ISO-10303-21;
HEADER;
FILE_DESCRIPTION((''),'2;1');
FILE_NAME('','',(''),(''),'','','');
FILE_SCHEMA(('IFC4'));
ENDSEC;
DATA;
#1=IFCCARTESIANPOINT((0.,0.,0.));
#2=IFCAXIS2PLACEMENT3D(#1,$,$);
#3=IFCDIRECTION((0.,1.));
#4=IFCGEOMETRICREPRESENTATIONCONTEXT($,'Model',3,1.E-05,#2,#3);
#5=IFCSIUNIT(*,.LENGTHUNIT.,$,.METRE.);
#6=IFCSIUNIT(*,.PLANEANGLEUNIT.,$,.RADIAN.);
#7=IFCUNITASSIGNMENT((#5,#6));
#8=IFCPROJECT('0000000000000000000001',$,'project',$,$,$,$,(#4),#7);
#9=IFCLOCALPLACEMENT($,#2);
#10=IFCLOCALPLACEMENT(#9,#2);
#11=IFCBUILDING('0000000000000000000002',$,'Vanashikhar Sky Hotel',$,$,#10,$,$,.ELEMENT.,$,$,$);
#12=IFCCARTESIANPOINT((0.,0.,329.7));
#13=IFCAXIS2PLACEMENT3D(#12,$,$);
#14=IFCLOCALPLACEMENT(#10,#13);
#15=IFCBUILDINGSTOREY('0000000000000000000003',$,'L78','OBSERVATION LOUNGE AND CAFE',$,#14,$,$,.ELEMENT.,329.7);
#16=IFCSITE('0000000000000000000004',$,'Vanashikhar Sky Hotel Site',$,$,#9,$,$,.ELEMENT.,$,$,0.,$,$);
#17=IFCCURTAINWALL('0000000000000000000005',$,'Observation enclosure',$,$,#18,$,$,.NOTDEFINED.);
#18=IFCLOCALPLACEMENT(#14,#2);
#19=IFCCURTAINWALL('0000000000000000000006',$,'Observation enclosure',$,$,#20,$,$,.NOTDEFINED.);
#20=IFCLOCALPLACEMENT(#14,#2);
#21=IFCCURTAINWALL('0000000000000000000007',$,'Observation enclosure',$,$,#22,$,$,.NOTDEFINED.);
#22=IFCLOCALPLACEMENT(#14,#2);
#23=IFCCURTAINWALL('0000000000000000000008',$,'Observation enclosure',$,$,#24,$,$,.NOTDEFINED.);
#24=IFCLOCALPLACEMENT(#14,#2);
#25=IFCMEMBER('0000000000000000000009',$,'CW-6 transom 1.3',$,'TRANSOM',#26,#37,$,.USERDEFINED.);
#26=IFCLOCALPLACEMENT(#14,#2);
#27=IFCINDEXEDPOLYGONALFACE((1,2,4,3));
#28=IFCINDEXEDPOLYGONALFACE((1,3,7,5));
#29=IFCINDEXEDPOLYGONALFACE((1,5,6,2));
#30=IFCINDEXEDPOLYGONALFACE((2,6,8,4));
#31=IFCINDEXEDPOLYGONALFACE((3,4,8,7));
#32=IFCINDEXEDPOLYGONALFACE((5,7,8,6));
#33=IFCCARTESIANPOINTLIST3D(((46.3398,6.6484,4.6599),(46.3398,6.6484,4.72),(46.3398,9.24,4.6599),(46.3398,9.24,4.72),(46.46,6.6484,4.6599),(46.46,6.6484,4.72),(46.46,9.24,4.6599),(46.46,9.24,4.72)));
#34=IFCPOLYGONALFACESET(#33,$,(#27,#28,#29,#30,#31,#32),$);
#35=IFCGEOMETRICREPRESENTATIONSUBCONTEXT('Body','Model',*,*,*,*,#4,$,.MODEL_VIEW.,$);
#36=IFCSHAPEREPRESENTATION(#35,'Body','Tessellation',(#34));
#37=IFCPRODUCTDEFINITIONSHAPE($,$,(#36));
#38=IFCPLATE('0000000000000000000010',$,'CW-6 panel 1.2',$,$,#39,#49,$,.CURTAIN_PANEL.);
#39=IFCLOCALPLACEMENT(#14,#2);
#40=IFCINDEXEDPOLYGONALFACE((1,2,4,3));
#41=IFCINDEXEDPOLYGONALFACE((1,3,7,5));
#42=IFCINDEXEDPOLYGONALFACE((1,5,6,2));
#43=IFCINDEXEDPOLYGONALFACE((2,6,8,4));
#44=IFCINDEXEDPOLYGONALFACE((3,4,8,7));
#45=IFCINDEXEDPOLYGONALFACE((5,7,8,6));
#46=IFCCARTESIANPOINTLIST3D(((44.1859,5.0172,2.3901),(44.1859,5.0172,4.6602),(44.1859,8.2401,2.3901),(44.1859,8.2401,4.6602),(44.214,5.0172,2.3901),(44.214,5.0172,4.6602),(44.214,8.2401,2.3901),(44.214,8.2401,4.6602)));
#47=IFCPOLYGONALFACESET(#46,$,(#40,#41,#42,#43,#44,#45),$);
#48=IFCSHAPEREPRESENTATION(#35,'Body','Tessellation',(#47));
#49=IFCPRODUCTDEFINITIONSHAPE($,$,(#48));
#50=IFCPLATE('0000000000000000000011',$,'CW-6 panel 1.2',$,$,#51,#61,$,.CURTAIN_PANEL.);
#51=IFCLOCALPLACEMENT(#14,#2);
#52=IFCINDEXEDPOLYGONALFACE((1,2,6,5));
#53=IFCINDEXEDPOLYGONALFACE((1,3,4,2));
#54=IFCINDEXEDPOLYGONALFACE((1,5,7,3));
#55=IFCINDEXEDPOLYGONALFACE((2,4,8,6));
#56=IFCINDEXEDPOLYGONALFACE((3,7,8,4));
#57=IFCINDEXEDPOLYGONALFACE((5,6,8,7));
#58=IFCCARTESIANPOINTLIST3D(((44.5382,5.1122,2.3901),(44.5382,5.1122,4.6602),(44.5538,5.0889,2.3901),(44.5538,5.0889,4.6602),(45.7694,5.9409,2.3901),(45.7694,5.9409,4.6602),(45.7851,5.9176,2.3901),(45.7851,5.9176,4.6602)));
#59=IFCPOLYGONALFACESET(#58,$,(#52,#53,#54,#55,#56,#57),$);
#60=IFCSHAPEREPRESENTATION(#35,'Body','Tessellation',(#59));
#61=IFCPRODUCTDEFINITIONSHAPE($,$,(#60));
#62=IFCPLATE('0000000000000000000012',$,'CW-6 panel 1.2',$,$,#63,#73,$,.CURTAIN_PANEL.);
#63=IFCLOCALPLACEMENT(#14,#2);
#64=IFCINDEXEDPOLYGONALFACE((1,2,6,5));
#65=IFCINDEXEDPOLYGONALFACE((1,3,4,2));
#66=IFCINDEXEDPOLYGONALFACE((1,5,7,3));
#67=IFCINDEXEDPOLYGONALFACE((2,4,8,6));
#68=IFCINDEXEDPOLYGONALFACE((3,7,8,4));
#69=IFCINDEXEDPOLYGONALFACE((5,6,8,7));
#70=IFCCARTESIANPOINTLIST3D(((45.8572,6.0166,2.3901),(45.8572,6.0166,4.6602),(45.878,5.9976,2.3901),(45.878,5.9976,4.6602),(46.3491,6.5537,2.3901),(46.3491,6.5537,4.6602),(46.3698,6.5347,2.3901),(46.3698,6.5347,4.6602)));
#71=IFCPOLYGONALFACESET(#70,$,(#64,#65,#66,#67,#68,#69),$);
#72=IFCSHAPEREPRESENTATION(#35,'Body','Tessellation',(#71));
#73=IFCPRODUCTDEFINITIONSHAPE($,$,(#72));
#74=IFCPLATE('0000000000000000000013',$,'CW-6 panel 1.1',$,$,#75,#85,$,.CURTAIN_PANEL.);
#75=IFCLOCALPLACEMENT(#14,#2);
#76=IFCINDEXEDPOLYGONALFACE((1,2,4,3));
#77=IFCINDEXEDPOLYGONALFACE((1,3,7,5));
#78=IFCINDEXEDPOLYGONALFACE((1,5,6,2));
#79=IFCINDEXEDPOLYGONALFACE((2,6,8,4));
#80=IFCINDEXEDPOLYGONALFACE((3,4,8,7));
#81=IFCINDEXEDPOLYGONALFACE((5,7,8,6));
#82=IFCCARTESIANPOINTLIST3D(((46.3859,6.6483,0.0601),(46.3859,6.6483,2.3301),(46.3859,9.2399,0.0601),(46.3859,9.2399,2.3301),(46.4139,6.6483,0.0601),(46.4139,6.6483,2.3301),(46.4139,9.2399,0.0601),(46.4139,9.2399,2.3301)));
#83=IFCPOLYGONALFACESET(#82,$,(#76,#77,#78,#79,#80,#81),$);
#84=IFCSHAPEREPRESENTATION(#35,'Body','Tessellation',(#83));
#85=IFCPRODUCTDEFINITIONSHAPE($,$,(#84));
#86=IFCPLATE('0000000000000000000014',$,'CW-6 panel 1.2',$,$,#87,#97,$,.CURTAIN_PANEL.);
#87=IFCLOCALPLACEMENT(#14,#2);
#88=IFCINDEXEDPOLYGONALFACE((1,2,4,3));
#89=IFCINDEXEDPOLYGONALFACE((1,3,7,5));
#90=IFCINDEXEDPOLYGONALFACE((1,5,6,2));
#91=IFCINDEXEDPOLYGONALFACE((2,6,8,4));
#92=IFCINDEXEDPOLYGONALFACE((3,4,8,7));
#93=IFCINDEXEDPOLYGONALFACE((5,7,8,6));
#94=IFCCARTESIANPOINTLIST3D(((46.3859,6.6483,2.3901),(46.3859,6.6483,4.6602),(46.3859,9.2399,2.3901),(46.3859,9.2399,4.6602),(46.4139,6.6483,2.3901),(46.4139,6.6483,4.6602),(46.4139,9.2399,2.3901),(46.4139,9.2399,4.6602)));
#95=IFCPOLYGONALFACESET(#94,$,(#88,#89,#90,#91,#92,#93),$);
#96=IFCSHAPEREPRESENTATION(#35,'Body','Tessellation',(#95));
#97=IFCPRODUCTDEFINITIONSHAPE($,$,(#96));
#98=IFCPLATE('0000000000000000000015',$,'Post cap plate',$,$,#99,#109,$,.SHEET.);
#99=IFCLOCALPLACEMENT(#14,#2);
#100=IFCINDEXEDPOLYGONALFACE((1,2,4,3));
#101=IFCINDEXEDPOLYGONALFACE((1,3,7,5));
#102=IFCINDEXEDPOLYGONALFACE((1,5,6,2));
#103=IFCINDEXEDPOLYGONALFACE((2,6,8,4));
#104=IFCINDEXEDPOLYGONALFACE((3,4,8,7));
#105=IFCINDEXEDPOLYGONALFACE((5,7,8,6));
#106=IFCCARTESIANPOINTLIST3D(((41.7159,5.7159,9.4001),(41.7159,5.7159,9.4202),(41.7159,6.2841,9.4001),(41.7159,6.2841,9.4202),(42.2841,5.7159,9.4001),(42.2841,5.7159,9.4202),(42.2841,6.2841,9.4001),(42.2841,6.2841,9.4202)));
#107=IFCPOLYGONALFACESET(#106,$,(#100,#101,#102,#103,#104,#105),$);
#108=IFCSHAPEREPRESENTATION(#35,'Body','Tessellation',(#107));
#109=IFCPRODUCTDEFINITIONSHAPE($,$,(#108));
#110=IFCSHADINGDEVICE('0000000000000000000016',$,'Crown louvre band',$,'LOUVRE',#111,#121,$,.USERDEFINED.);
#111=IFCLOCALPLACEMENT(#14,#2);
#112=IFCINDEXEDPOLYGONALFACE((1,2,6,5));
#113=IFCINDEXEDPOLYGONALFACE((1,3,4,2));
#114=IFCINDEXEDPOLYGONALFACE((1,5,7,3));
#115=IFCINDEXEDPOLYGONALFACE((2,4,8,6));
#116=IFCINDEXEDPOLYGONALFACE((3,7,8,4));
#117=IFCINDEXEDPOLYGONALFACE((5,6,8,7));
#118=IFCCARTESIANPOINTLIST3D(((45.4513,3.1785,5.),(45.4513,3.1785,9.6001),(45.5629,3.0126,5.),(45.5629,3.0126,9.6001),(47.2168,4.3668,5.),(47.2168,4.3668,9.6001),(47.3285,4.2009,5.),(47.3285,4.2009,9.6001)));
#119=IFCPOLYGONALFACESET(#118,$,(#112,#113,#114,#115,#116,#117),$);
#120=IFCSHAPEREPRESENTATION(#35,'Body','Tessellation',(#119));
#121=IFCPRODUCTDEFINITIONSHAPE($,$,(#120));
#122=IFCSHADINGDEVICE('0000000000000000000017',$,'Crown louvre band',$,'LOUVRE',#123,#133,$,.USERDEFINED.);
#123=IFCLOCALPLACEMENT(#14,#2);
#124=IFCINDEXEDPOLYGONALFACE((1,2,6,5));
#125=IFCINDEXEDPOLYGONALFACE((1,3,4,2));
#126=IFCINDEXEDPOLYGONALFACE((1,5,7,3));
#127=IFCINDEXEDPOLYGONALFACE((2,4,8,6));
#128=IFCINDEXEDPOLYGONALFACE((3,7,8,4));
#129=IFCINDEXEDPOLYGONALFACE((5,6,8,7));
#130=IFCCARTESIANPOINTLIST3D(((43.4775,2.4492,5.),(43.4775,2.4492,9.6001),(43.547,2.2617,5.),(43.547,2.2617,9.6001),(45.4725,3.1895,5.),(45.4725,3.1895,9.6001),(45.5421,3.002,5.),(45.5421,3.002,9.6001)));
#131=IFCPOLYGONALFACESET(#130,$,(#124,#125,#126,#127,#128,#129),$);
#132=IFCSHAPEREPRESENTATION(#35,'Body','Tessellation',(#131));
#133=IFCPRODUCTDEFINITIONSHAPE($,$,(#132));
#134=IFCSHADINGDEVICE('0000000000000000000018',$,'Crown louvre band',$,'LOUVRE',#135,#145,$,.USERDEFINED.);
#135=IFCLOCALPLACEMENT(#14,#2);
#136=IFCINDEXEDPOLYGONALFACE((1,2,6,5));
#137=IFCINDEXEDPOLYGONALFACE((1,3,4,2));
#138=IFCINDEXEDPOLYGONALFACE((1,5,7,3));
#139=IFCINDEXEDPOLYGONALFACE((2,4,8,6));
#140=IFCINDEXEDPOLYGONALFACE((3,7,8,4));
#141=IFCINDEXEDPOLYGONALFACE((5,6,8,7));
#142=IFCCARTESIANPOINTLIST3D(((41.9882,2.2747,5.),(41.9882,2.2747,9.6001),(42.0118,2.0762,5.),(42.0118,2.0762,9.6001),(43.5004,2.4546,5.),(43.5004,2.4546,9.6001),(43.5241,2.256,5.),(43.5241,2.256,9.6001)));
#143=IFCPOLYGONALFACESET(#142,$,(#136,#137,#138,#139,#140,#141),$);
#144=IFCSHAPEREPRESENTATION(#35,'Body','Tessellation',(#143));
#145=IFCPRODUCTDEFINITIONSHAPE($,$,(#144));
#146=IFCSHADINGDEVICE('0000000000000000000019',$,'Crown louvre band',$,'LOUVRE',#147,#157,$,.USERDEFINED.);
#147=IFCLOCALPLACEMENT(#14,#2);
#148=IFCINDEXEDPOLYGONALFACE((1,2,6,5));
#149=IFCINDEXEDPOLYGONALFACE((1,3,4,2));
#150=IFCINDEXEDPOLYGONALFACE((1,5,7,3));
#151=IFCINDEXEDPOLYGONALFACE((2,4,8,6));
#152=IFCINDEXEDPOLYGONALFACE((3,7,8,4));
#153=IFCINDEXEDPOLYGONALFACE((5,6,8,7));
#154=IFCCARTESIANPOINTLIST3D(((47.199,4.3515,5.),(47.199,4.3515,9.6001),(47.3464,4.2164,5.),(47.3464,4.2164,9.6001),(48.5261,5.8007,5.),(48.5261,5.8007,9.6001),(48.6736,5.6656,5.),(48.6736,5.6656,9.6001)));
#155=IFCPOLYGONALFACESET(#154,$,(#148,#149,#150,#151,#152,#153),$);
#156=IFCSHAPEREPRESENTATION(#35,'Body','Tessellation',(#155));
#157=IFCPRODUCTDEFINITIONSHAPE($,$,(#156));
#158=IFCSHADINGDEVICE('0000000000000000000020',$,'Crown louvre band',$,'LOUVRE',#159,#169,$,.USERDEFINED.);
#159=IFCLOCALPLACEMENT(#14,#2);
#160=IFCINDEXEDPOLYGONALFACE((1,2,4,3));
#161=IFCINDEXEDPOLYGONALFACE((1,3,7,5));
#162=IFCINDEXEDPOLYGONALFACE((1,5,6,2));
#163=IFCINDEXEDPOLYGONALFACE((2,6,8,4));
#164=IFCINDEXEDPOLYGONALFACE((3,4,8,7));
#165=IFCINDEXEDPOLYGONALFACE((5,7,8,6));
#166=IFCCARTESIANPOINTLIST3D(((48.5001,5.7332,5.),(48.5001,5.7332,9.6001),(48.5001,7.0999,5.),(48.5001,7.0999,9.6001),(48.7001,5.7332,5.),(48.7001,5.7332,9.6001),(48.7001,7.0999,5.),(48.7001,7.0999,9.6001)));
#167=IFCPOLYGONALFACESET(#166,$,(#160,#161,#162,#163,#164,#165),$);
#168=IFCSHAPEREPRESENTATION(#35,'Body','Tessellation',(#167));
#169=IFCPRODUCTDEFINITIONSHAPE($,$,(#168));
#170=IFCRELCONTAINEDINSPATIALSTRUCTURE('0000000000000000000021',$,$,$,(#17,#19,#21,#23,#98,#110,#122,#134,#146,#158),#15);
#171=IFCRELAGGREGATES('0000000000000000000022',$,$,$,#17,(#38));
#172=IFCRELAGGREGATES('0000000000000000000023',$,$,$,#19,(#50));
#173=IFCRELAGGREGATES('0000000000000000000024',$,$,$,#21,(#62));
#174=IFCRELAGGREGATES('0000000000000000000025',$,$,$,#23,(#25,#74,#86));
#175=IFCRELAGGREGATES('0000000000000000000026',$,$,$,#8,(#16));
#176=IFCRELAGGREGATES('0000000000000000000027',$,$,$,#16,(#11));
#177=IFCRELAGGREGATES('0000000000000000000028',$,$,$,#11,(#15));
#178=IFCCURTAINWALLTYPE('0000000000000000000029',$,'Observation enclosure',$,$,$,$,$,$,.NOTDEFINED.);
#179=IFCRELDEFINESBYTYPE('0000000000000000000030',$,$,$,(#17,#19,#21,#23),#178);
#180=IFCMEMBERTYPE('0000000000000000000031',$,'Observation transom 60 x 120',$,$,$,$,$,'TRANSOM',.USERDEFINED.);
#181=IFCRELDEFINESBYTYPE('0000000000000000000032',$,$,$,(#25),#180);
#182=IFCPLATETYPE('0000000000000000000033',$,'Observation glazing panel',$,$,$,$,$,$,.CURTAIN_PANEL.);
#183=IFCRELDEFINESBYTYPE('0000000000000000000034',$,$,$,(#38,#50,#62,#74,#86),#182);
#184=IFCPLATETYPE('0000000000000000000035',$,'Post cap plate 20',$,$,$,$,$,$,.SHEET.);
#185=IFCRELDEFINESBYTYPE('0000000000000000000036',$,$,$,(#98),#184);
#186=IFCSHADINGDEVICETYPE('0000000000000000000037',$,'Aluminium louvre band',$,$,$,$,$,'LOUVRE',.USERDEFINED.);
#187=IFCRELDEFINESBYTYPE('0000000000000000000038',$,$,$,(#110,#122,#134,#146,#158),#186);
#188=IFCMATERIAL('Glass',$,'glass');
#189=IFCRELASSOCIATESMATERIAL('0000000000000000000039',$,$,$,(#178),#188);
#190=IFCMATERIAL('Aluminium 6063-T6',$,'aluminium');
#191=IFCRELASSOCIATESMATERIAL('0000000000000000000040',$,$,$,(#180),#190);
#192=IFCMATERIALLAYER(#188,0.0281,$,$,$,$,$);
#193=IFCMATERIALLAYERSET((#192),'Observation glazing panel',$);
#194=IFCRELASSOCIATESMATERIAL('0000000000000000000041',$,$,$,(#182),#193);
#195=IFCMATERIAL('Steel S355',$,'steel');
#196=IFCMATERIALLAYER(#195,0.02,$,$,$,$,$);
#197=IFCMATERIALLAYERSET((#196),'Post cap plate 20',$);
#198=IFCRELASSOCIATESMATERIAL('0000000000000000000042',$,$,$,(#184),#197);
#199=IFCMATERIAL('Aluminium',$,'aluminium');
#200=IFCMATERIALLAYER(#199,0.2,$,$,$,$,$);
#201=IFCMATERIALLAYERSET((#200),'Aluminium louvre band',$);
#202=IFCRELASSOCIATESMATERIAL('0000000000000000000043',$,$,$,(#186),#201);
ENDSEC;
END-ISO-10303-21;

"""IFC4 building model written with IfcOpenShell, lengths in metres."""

from ifc_helpers import new_model, si_unit, direction, frame, origin, origin_2d, place, context, subcontext, project, spatial, rectangle, extrude, source, transform, mapped, material, layer, layer_set, material_profile, profile_set, type_object, element, aggregate, save


model = new_model("IFC4")

# Units and contexts
model_context = context("Model", 3, precision=1e-05, world=origin(), true_north=direction((0.0, 1.0)))
body_context = subcontext(model_context, "Body", "Model", "MODEL_VIEW")
ifc_project = project(units=[si_unit("LENGTHUNIT", "METRE"), si_unit("PLANEANGLEUNIT", "RADIAN")], contexts=[model_context])

# Site, building, storey
site_placement = place(None, origin())
site = spatial("IfcSite", under=ifc_project, at=site_placement, Name="Vanashikhar Sky Hotel Site", CompositionType="ELEMENT", RefElevation=0.0)
building_placement = place(site_placement, origin())
building = spatial("IfcBuilding", under=site, at=building_placement, Name="Vanashikhar Sky Hotel", CompositionType="ELEMENT")
storey_placement = place(building_placement, frame((0.0, 0.0, 329.7)))
storey = spatial("IfcBuildingStorey", under=building, at=storey_placement, Name="L78", Description="OBSERVATION LOUNGE AND CAFE", CompositionType="ELEMENT", Elevation=329.7)

# Shared definitions
ifc_material_1 = material(Name="Steel S355", Category="steel")

# Curtain walls, member
ifc_material_2 = material(Name="Glass", Category="glass")
curtain_wall_type = type_object("IfcCurtainWallType", Name="Observation enclosure", PredefinedType="NOTDEFINED", material=ifc_material_2)
curtain_wall_1_placement = place(storey_placement, origin())
curtain_wall_1 = element("IfcCurtainWall", 1, at=curtain_wall_1_placement, inside=storey, type_object=curtain_wall_type, Name="Observation enclosure", PredefinedType="NOTDEFINED")
ifc_material_3 = material(Name="Aluminium 6063-T6", Category="aluminium")
ifc_material_profile_1 = material_profile(ifc_material_3, rectangle(XDim=0.1201, YDim=0.0601, at=origin_2d()))
ifc_profile_set_1 = profile_set([ifc_material_profile_1], Name="Aluminium 6063-T6")
member_type = type_object("IfcMemberType", Name="Observation transom 60 x 120", ElementType="TRANSOM", PredefinedType="USERDEFINED", material=ifc_profile_set_1)
curtain_wall_2_placement = place(storey_placement, origin())
curtain_wall_2 = element("IfcCurtainWall", 2, at=curtain_wall_2_placement, inside=storey, type_object=curtain_wall_type, Name="Observation enclosure", PredefinedType="NOTDEFINED")
curtain_wall_3_placement = place(storey_placement, origin())
curtain_wall_3 = element("IfcCurtainWall", 3, at=curtain_wall_3_placement, inside=storey, type_object=curtain_wall_type, Name="Observation enclosure", PredefinedType="NOTDEFINED")
curtain_wall_4_placement = place(storey_placement, origin())
curtain_wall_4 = element("IfcCurtainWall", 4, at=curtain_wall_4_placement, inside=storey, type_object=curtain_wall_type, Name="Observation enclosure", PredefinedType="NOTDEFINED")
shared_shape_1 = source(origin(), body_context, "Body", "SweptSolid", [
    extrude(rectangle(XDim=0.1201, YDim=0.0601, at=origin_2d()), origin(), (0.0, 0.0, 1.0), 2.5916),
])
member_1_placement = place(storey_placement, frame((46.3999, 6.6484, 4.6899), z_axis=(0.0, 1.0, 0.0), x_axis=(-1.0, 0.0, 0.0)))
member_1 = element("IfcMember", 5, at=member_1_placement, type_object=member_type, Name="CW-6 transom 1.3", ObjectType="TRANSOM", PredefinedType="USERDEFINED", context=body_context, shape_type="MappedRepresentation", body=[
    mapped(shared_shape_1, transform((0.0, 0.0, 0.0), scale=1.0)),
])

# Plates
ifc_layer_1 = layer(ifc_material_2, 0.0281)
ifc_layer_set_1 = layer_set([ifc_layer_1], Name="Observation glazing panel")
plate_type_1 = type_object("IfcPlateType", Name="Observation glazing panel", PredefinedType="CURTAIN_PANEL", material=ifc_layer_set_1)
shared_shape_2 = source(origin(), body_context, "Body", "SweptSolid", [
    extrude(rectangle(XDim=3.2229, YDim=0.0281, at=origin_2d()), origin(), (0.0, 0.0, 1.0), 2.27),
])
plate_1_placement = place(storey_placement, frame((44.2, 6.6287, 2.3901), z_axis=(0.0, 0.0, 1.0), x_axis=(0.0, -1.0, 0.0)))
plate_1 = element("IfcPlate", 6, at=plate_1_placement, type_object=plate_type_1, Name="CW-6 panel 1.2", PredefinedType="CURTAIN_PANEL", context=body_context, shape_type="MappedRepresentation", body=[
    mapped(shared_shape_2, transform((0.0, 0.0, 0.0), scale=1.0)),
])
aggregate(curtain_wall_1, [plate_1])
shared_shape_3 = source(origin(), body_context, "Body", "SweptSolid", [
    extrude(rectangle(XDim=1.4841, YDim=0.0281, at=origin_2d()), origin(), (0.0, 0.0, 1.0), 2.27),
])
plate_2_placement = place(storey_placement, frame((45.1616, 5.5149, 2.3901), z_axis=(0.0, 0.0, 1.0), x_axis=(0.829597, 0.558363, 0.0)))
plate_2 = element("IfcPlate", 7, at=plate_2_placement, type_object=plate_type_1, Name="CW-6 panel 1.2", PredefinedType="CURTAIN_PANEL", context=body_context, shape_type="MappedRepresentation", body=[
    mapped(shared_shape_3, transform((0.0, 0.0, 0.0), scale=1.0)),
])
aggregate(curtain_wall_2, [plate_2])
shared_shape_4 = source(origin(), body_context, "Body", "SweptSolid", [
    extrude(rectangle(XDim=0.7283, YDim=0.0281, at=origin_2d()), origin(), (0.0, 0.0, 1.0), 2.27),
])
plate_3_placement = place(storey_placement, frame((46.1135, 6.2756, 2.3901), z_axis=(0.0, 0.0, 1.0), x_axis=(0.675362, 0.737487, 0.0)))
plate_3 = element("IfcPlate", 8, at=plate_3_placement, type_object=plate_type_1, Name="CW-6 panel 1.2", PredefinedType="CURTAIN_PANEL", context=body_context, shape_type="MappedRepresentation", body=[
    mapped(shared_shape_4, transform((0.0, 0.0, 0.0), scale=1.0)),
])
aggregate(curtain_wall_3, [plate_3])
shared_shape_5 = source(origin(), body_context, "Body", "SweptSolid", [
    extrude(rectangle(XDim=2.5916, YDim=0.0281, at=origin_2d()), origin(), (0.0, 0.0, 1.0), 2.27),
])
plate_4_placement = place(storey_placement, frame((46.3999, 7.9441, 0.0601), z_axis=(0.0, 0.0, 1.0), x_axis=(0.0, 1.0, 0.0)))
plate_4 = element("IfcPlate", 9, at=plate_4_placement, type_object=plate_type_1, Name="CW-6 panel 1.1", PredefinedType="CURTAIN_PANEL", context=body_context, shape_type="MappedRepresentation", body=[
    mapped(shared_shape_5, transform((0.0, 0.0, 0.0), scale=1.0)),
])
plate_5_placement = place(storey_placement, frame((46.3999, 7.9441, 2.3901), z_axis=(0.0, 0.0, 1.0), x_axis=(0.0, 1.0, 0.0)))
plate_5 = element("IfcPlate", 10, at=plate_5_placement, type_object=plate_type_1, Name="CW-6 panel 1.2", PredefinedType="CURTAIN_PANEL", context=body_context, shape_type="MappedRepresentation", body=[
    mapped(shared_shape_5, transform((0.0, 0.0, 0.0), scale=1.0)),
])
aggregate(curtain_wall_4, [member_1, plate_4, plate_5])
ifc_layer_2 = layer(ifc_material_1, 0.02)
ifc_layer_set_2 = layer_set([ifc_layer_2], Name="Post cap plate 20")
plate_type_2 = type_object("IfcPlateType", Name="Post cap plate 20", PredefinedType="SHEET", material=ifc_layer_set_2)
shared_shape_6 = source(origin(), body_context, "Body", "SweptSolid", [
    extrude(rectangle(XDim=0.5681, YDim=0.5681, at=origin_2d()), origin(), (0.0, 0.0, 1.0), 0.02),
])
plate_6_placement = place(storey_placement, frame((42.0, 6.0, 9.4001), z_axis=(0.0, 0.0, 1.0), x_axis=(1.0, 0.0, 0.0)))
element("IfcPlate", 11, at=plate_6_placement, inside=storey, type_object=plate_type_2, Name="Post cap plate", PredefinedType="SHEET", context=body_context, shape_type="MappedRepresentation", body=[
    mapped(shared_shape_6, transform((0.0, 0.0, 0.0), scale=1.0)),
])

# Shading devices
ifc_material_4 = material(Name="Aluminium", Category="aluminium")
ifc_layer_3 = layer(ifc_material_4, 0.2)
ifc_layer_set_3 = layer_set([ifc_layer_3], Name="Aluminium louvre band")
shading_device_type = type_object("IfcShadingDeviceType", Name="Aluminium louvre band", ElementType="LOUVRE", PredefinedType="USERDEFINED", material=ifc_layer_set_3)
shared_shape_7 = source(origin(), body_context, "Body", "SweptSolid", [
    extrude(rectangle(XDim=2.1282, YDim=0.2, at=origin_2d()), origin(), (0.0, 0.0, 1.0), 4.6001),
])
shading_device_1_placement = place(storey_placement, frame((46.3899, 3.6897, 5.0), z_axis=(0.0, 0.0, 1.0), x_axis=(-0.829603, -0.558353, 0.0)))
element("IfcShadingDevice", 12, at=shading_device_1_placement, inside=storey, type_object=shading_device_type, Name="Crown louvre band", ObjectType="LOUVRE", PredefinedType="USERDEFINED", context=body_context, shape_type="MappedRepresentation", body=[
    mapped(shared_shape_7, transform((0.0, 0.0, 0.0), scale=1.0)),
])
shared_shape_8 = source(origin(), body_context, "Body", "SweptSolid", [
    extrude(rectangle(XDim=2.1279, YDim=0.2, at=origin_2d()), origin(), (0.0, 0.0, 1.0), 4.6001),
])
shading_device_2_placement = place(storey_placement, frame((44.5098, 2.7256, 5.0), z_axis=(0.0, 0.0, 1.0), x_axis=(-0.937537, -0.347885, 0.0)))
element("IfcShadingDevice", 13, at=shading_device_2_placement, inside=storey, type_object=shading_device_type, Name="Crown louvre band", ObjectType="LOUVRE", PredefinedType="USERDEFINED", context=body_context, shape_type="MappedRepresentation", body=[
    mapped(shared_shape_8, transform((0.0, 0.0, 0.0), scale=1.0)),
])
shared_shape_9 = source(origin(), body_context, "Body", "SweptSolid", [
    extrude(rectangle(XDim=1.5229, YDim=0.2, at=origin_2d()), origin(), (0.0, 0.0, 1.0), 4.6001),
])
shading_device_3_placement = place(storey_placement, frame((42.7561, 2.2654, 5.0), z_axis=(0.0, 0.0, 1.0), x_axis=(-0.993005, -0.118075, 0.0)))
element("IfcShadingDevice", 14, at=shading_device_3_placement, inside=storey, type_object=shading_device_type, Name="Crown louvre band", ObjectType="LOUVRE", PredefinedType="USERDEFINED", context=body_context, shape_type="MappedRepresentation", body=[
    mapped(shared_shape_9, transform((0.0, 0.0, 0.0), scale=1.0)),
])
shared_shape_10 = source(origin(), body_context, "Body", "SweptSolid", [
    extrude(rectangle(XDim=1.9651, YDim=0.2, at=origin_2d()), origin(), (0.0, 0.0, 1.0), 4.6001),
])
shading_device_4_placement = place(storey_placement, frame((47.9363, 5.0085, 5.0), z_axis=(0.0, 0.0, 1.0), x_axis=(-0.675371, -0.737478, 0.0)))
element("IfcShadingDevice", 15, at=shading_device_4_placement, inside=storey, type_object=shading_device_type, Name="Crown louvre band", ObjectType="LOUVRE", PredefinedType="USERDEFINED", context=body_context, shape_type="MappedRepresentation", body=[
    mapped(shared_shape_10, transform((0.0, 0.0, 0.0), scale=1.0)),
])
shared_shape_11 = source(origin(), body_context, "Body", "SweptSolid", [
    extrude(rectangle(XDim=1.3667, YDim=0.2, at=origin_2d()), origin(), (0.0, 0.0, 1.0), 4.6001),
])
shading_device_5_placement = place(storey_placement, frame((48.6001, 6.4165, 5.0), z_axis=(0.0, 0.0, 1.0), x_axis=(0.0, -1.0, 0.0)))
element("IfcShadingDevice", 16, at=shading_device_5_placement, inside=storey, type_object=shading_device_type, Name="Crown louvre band", ObjectType="LOUVRE", PredefinedType="USERDEFINED", context=body_context, shape_type="MappedRepresentation", body=[
    mapped(shared_shape_11, transform((0.0, 0.0, 0.0), scale=1.0)),
])

save(model, "model.ifc")
